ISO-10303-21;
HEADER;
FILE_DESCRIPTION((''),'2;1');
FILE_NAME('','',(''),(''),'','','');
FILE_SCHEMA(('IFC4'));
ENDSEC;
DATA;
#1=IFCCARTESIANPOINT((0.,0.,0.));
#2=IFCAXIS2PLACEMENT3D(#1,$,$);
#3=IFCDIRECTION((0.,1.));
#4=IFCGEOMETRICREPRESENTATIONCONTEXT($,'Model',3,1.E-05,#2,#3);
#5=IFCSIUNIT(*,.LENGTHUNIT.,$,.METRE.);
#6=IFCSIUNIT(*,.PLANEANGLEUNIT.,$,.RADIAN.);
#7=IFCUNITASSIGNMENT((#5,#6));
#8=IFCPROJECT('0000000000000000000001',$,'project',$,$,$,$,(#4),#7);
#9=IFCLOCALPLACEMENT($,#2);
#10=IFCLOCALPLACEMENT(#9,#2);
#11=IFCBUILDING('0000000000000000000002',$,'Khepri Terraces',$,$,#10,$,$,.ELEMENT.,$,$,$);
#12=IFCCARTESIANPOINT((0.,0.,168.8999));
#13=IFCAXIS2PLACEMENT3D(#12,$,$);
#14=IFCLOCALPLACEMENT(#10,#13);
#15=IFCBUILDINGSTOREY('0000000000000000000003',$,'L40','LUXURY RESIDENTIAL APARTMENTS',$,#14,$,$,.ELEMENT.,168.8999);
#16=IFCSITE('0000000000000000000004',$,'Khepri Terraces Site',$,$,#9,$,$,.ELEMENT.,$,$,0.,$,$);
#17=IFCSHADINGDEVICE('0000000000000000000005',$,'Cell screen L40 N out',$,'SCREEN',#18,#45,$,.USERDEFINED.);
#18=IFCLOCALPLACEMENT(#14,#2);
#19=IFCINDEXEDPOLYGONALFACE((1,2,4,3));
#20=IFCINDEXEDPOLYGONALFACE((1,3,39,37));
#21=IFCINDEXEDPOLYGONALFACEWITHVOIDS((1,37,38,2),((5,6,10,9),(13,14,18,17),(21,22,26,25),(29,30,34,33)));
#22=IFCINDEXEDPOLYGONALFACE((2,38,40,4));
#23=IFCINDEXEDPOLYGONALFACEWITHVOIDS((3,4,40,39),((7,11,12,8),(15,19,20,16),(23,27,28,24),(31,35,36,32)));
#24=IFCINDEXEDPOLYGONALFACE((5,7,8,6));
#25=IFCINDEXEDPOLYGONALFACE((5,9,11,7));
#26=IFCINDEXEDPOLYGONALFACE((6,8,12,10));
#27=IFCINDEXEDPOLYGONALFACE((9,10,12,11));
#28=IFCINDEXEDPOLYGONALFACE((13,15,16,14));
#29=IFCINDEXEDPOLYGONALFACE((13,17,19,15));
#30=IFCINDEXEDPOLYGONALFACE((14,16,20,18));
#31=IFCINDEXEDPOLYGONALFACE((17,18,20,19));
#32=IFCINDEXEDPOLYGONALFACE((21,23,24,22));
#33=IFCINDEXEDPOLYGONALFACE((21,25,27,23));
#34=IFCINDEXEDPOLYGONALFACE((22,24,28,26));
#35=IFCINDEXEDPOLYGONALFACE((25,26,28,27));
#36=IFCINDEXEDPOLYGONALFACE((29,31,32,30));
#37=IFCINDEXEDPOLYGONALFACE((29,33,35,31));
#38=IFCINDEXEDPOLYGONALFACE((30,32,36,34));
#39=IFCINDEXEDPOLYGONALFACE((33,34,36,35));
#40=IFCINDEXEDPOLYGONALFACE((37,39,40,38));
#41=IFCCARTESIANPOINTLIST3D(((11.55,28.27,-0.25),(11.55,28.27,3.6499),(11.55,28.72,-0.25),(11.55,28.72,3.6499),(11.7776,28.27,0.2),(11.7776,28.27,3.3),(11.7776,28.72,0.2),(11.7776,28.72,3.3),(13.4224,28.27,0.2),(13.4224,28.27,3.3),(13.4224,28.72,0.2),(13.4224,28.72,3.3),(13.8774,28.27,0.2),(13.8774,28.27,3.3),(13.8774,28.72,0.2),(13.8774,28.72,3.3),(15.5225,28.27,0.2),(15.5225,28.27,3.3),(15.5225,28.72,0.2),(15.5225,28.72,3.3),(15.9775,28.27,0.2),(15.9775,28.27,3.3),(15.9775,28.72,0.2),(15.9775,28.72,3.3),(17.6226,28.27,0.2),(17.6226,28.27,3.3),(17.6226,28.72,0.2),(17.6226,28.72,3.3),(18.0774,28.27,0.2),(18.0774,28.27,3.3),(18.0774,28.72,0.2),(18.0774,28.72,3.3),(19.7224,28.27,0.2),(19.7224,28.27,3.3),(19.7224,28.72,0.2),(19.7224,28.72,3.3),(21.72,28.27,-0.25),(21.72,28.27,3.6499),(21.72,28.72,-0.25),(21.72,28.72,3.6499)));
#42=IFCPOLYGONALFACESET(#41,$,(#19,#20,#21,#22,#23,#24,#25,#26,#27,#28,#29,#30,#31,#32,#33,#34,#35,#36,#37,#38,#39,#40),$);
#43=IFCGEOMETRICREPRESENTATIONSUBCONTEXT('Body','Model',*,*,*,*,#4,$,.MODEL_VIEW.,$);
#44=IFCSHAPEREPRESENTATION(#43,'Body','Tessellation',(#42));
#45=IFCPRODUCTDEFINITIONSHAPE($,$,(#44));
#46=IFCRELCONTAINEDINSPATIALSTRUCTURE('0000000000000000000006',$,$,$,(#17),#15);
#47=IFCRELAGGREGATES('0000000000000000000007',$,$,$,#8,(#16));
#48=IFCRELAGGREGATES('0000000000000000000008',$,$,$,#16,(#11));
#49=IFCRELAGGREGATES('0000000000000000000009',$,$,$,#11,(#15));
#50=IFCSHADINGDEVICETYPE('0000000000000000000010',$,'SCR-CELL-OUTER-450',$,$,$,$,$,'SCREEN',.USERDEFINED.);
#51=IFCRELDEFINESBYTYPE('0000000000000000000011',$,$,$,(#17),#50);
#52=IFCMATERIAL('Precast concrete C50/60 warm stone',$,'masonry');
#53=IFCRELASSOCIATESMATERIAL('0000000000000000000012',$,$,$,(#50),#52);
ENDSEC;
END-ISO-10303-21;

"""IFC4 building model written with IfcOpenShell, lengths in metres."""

from ifc_helpers import new_model, si_unit, direction, frame, origin, place, context, subcontext, project, spatial, polyline, outline, extrude, material, type_object, element, save


model = new_model("IFC4")

# Units and contexts
model_context = context("Model", 3, precision=1e-05, world=origin(), true_north=direction((0.0, 1.0)))
body_context = subcontext(model_context, "Body", "Model", "MODEL_VIEW")
ifc_project = project(units=[si_unit("LENGTHUNIT", "METRE"), si_unit("PLANEANGLEUNIT", "RADIAN")], contexts=[model_context])

# Site, building, storey
site_placement = place(None, origin())
site = spatial("IfcSite", under=ifc_project, at=site_placement, Name="Khepri Terraces Site", CompositionType="ELEMENT", RefElevation=0.0)
building_placement = place(site_placement, origin())
building = spatial("IfcBuilding", under=site, at=building_placement, Name="Khepri Terraces", CompositionType="ELEMENT")
storey_placement = place(building_placement, frame((0.0, 0.0, 168.8999)))
storey = spatial("IfcBuildingStorey", under=building, at=storey_placement, Name="L40", Description="LUXURY RESIDENTIAL APARTMENTS", CompositionType="ELEMENT", Elevation=168.8999)

# Shared definitions
ifc_material_1 = material(Name="Precast concrete C50/60 warm stone", Category="masonry")

# Shading device
shading_device_type_1 = type_object("IfcShadingDeviceType", Name="SCR-CELL-OUTER-450", ElementType="SCREEN", PredefinedType="USERDEFINED", material=ifc_material_1)
shading_device_1_placement = place(storey_placement, frame((21.72, 28.27, -0.25), z_axis=(0.0, 1.0, 0.0), x_axis=(-1.0, 0.0, 0.0)))
element("IfcShadingDevice", 1, at=shading_device_1_placement, inside=storey, type_object=shading_device_type_1, Name="Cell screen L40 N out", ObjectType="SCREEN", PredefinedType="USERDEFINED", context=body_context, shape_type="SweptSolid", body=[
    extrude(outline(polyline([(0.0, 0.0), (10.1699, 0.0), (10.1699, 3.8999), (0.0, 3.8999), (0.0, 0.0)]), holes=[polyline([(1.9976, 0.45), (3.6426, 0.45), (3.6426, 3.55), (1.9976, 3.55), (1.9976, 0.45)]), polyline([(4.0974, 0.45), (5.7424, 0.45), (5.7424, 3.55), (4.0974, 3.55), (4.0974, 0.45)]), polyline([(6.1975, 0.45), (7.8425, 0.45), (7.8425, 3.55), (6.1975, 3.55), (6.1975, 0.45)]), polyline([(8.2976, 0.45), (9.9424, 0.45), (9.9424, 3.55), (8.2976, 3.55), (8.2976, 0.45)])]), origin(), (0.0, 0.0, 1.0), 0.45),
])

save(model, "model.ifc")
